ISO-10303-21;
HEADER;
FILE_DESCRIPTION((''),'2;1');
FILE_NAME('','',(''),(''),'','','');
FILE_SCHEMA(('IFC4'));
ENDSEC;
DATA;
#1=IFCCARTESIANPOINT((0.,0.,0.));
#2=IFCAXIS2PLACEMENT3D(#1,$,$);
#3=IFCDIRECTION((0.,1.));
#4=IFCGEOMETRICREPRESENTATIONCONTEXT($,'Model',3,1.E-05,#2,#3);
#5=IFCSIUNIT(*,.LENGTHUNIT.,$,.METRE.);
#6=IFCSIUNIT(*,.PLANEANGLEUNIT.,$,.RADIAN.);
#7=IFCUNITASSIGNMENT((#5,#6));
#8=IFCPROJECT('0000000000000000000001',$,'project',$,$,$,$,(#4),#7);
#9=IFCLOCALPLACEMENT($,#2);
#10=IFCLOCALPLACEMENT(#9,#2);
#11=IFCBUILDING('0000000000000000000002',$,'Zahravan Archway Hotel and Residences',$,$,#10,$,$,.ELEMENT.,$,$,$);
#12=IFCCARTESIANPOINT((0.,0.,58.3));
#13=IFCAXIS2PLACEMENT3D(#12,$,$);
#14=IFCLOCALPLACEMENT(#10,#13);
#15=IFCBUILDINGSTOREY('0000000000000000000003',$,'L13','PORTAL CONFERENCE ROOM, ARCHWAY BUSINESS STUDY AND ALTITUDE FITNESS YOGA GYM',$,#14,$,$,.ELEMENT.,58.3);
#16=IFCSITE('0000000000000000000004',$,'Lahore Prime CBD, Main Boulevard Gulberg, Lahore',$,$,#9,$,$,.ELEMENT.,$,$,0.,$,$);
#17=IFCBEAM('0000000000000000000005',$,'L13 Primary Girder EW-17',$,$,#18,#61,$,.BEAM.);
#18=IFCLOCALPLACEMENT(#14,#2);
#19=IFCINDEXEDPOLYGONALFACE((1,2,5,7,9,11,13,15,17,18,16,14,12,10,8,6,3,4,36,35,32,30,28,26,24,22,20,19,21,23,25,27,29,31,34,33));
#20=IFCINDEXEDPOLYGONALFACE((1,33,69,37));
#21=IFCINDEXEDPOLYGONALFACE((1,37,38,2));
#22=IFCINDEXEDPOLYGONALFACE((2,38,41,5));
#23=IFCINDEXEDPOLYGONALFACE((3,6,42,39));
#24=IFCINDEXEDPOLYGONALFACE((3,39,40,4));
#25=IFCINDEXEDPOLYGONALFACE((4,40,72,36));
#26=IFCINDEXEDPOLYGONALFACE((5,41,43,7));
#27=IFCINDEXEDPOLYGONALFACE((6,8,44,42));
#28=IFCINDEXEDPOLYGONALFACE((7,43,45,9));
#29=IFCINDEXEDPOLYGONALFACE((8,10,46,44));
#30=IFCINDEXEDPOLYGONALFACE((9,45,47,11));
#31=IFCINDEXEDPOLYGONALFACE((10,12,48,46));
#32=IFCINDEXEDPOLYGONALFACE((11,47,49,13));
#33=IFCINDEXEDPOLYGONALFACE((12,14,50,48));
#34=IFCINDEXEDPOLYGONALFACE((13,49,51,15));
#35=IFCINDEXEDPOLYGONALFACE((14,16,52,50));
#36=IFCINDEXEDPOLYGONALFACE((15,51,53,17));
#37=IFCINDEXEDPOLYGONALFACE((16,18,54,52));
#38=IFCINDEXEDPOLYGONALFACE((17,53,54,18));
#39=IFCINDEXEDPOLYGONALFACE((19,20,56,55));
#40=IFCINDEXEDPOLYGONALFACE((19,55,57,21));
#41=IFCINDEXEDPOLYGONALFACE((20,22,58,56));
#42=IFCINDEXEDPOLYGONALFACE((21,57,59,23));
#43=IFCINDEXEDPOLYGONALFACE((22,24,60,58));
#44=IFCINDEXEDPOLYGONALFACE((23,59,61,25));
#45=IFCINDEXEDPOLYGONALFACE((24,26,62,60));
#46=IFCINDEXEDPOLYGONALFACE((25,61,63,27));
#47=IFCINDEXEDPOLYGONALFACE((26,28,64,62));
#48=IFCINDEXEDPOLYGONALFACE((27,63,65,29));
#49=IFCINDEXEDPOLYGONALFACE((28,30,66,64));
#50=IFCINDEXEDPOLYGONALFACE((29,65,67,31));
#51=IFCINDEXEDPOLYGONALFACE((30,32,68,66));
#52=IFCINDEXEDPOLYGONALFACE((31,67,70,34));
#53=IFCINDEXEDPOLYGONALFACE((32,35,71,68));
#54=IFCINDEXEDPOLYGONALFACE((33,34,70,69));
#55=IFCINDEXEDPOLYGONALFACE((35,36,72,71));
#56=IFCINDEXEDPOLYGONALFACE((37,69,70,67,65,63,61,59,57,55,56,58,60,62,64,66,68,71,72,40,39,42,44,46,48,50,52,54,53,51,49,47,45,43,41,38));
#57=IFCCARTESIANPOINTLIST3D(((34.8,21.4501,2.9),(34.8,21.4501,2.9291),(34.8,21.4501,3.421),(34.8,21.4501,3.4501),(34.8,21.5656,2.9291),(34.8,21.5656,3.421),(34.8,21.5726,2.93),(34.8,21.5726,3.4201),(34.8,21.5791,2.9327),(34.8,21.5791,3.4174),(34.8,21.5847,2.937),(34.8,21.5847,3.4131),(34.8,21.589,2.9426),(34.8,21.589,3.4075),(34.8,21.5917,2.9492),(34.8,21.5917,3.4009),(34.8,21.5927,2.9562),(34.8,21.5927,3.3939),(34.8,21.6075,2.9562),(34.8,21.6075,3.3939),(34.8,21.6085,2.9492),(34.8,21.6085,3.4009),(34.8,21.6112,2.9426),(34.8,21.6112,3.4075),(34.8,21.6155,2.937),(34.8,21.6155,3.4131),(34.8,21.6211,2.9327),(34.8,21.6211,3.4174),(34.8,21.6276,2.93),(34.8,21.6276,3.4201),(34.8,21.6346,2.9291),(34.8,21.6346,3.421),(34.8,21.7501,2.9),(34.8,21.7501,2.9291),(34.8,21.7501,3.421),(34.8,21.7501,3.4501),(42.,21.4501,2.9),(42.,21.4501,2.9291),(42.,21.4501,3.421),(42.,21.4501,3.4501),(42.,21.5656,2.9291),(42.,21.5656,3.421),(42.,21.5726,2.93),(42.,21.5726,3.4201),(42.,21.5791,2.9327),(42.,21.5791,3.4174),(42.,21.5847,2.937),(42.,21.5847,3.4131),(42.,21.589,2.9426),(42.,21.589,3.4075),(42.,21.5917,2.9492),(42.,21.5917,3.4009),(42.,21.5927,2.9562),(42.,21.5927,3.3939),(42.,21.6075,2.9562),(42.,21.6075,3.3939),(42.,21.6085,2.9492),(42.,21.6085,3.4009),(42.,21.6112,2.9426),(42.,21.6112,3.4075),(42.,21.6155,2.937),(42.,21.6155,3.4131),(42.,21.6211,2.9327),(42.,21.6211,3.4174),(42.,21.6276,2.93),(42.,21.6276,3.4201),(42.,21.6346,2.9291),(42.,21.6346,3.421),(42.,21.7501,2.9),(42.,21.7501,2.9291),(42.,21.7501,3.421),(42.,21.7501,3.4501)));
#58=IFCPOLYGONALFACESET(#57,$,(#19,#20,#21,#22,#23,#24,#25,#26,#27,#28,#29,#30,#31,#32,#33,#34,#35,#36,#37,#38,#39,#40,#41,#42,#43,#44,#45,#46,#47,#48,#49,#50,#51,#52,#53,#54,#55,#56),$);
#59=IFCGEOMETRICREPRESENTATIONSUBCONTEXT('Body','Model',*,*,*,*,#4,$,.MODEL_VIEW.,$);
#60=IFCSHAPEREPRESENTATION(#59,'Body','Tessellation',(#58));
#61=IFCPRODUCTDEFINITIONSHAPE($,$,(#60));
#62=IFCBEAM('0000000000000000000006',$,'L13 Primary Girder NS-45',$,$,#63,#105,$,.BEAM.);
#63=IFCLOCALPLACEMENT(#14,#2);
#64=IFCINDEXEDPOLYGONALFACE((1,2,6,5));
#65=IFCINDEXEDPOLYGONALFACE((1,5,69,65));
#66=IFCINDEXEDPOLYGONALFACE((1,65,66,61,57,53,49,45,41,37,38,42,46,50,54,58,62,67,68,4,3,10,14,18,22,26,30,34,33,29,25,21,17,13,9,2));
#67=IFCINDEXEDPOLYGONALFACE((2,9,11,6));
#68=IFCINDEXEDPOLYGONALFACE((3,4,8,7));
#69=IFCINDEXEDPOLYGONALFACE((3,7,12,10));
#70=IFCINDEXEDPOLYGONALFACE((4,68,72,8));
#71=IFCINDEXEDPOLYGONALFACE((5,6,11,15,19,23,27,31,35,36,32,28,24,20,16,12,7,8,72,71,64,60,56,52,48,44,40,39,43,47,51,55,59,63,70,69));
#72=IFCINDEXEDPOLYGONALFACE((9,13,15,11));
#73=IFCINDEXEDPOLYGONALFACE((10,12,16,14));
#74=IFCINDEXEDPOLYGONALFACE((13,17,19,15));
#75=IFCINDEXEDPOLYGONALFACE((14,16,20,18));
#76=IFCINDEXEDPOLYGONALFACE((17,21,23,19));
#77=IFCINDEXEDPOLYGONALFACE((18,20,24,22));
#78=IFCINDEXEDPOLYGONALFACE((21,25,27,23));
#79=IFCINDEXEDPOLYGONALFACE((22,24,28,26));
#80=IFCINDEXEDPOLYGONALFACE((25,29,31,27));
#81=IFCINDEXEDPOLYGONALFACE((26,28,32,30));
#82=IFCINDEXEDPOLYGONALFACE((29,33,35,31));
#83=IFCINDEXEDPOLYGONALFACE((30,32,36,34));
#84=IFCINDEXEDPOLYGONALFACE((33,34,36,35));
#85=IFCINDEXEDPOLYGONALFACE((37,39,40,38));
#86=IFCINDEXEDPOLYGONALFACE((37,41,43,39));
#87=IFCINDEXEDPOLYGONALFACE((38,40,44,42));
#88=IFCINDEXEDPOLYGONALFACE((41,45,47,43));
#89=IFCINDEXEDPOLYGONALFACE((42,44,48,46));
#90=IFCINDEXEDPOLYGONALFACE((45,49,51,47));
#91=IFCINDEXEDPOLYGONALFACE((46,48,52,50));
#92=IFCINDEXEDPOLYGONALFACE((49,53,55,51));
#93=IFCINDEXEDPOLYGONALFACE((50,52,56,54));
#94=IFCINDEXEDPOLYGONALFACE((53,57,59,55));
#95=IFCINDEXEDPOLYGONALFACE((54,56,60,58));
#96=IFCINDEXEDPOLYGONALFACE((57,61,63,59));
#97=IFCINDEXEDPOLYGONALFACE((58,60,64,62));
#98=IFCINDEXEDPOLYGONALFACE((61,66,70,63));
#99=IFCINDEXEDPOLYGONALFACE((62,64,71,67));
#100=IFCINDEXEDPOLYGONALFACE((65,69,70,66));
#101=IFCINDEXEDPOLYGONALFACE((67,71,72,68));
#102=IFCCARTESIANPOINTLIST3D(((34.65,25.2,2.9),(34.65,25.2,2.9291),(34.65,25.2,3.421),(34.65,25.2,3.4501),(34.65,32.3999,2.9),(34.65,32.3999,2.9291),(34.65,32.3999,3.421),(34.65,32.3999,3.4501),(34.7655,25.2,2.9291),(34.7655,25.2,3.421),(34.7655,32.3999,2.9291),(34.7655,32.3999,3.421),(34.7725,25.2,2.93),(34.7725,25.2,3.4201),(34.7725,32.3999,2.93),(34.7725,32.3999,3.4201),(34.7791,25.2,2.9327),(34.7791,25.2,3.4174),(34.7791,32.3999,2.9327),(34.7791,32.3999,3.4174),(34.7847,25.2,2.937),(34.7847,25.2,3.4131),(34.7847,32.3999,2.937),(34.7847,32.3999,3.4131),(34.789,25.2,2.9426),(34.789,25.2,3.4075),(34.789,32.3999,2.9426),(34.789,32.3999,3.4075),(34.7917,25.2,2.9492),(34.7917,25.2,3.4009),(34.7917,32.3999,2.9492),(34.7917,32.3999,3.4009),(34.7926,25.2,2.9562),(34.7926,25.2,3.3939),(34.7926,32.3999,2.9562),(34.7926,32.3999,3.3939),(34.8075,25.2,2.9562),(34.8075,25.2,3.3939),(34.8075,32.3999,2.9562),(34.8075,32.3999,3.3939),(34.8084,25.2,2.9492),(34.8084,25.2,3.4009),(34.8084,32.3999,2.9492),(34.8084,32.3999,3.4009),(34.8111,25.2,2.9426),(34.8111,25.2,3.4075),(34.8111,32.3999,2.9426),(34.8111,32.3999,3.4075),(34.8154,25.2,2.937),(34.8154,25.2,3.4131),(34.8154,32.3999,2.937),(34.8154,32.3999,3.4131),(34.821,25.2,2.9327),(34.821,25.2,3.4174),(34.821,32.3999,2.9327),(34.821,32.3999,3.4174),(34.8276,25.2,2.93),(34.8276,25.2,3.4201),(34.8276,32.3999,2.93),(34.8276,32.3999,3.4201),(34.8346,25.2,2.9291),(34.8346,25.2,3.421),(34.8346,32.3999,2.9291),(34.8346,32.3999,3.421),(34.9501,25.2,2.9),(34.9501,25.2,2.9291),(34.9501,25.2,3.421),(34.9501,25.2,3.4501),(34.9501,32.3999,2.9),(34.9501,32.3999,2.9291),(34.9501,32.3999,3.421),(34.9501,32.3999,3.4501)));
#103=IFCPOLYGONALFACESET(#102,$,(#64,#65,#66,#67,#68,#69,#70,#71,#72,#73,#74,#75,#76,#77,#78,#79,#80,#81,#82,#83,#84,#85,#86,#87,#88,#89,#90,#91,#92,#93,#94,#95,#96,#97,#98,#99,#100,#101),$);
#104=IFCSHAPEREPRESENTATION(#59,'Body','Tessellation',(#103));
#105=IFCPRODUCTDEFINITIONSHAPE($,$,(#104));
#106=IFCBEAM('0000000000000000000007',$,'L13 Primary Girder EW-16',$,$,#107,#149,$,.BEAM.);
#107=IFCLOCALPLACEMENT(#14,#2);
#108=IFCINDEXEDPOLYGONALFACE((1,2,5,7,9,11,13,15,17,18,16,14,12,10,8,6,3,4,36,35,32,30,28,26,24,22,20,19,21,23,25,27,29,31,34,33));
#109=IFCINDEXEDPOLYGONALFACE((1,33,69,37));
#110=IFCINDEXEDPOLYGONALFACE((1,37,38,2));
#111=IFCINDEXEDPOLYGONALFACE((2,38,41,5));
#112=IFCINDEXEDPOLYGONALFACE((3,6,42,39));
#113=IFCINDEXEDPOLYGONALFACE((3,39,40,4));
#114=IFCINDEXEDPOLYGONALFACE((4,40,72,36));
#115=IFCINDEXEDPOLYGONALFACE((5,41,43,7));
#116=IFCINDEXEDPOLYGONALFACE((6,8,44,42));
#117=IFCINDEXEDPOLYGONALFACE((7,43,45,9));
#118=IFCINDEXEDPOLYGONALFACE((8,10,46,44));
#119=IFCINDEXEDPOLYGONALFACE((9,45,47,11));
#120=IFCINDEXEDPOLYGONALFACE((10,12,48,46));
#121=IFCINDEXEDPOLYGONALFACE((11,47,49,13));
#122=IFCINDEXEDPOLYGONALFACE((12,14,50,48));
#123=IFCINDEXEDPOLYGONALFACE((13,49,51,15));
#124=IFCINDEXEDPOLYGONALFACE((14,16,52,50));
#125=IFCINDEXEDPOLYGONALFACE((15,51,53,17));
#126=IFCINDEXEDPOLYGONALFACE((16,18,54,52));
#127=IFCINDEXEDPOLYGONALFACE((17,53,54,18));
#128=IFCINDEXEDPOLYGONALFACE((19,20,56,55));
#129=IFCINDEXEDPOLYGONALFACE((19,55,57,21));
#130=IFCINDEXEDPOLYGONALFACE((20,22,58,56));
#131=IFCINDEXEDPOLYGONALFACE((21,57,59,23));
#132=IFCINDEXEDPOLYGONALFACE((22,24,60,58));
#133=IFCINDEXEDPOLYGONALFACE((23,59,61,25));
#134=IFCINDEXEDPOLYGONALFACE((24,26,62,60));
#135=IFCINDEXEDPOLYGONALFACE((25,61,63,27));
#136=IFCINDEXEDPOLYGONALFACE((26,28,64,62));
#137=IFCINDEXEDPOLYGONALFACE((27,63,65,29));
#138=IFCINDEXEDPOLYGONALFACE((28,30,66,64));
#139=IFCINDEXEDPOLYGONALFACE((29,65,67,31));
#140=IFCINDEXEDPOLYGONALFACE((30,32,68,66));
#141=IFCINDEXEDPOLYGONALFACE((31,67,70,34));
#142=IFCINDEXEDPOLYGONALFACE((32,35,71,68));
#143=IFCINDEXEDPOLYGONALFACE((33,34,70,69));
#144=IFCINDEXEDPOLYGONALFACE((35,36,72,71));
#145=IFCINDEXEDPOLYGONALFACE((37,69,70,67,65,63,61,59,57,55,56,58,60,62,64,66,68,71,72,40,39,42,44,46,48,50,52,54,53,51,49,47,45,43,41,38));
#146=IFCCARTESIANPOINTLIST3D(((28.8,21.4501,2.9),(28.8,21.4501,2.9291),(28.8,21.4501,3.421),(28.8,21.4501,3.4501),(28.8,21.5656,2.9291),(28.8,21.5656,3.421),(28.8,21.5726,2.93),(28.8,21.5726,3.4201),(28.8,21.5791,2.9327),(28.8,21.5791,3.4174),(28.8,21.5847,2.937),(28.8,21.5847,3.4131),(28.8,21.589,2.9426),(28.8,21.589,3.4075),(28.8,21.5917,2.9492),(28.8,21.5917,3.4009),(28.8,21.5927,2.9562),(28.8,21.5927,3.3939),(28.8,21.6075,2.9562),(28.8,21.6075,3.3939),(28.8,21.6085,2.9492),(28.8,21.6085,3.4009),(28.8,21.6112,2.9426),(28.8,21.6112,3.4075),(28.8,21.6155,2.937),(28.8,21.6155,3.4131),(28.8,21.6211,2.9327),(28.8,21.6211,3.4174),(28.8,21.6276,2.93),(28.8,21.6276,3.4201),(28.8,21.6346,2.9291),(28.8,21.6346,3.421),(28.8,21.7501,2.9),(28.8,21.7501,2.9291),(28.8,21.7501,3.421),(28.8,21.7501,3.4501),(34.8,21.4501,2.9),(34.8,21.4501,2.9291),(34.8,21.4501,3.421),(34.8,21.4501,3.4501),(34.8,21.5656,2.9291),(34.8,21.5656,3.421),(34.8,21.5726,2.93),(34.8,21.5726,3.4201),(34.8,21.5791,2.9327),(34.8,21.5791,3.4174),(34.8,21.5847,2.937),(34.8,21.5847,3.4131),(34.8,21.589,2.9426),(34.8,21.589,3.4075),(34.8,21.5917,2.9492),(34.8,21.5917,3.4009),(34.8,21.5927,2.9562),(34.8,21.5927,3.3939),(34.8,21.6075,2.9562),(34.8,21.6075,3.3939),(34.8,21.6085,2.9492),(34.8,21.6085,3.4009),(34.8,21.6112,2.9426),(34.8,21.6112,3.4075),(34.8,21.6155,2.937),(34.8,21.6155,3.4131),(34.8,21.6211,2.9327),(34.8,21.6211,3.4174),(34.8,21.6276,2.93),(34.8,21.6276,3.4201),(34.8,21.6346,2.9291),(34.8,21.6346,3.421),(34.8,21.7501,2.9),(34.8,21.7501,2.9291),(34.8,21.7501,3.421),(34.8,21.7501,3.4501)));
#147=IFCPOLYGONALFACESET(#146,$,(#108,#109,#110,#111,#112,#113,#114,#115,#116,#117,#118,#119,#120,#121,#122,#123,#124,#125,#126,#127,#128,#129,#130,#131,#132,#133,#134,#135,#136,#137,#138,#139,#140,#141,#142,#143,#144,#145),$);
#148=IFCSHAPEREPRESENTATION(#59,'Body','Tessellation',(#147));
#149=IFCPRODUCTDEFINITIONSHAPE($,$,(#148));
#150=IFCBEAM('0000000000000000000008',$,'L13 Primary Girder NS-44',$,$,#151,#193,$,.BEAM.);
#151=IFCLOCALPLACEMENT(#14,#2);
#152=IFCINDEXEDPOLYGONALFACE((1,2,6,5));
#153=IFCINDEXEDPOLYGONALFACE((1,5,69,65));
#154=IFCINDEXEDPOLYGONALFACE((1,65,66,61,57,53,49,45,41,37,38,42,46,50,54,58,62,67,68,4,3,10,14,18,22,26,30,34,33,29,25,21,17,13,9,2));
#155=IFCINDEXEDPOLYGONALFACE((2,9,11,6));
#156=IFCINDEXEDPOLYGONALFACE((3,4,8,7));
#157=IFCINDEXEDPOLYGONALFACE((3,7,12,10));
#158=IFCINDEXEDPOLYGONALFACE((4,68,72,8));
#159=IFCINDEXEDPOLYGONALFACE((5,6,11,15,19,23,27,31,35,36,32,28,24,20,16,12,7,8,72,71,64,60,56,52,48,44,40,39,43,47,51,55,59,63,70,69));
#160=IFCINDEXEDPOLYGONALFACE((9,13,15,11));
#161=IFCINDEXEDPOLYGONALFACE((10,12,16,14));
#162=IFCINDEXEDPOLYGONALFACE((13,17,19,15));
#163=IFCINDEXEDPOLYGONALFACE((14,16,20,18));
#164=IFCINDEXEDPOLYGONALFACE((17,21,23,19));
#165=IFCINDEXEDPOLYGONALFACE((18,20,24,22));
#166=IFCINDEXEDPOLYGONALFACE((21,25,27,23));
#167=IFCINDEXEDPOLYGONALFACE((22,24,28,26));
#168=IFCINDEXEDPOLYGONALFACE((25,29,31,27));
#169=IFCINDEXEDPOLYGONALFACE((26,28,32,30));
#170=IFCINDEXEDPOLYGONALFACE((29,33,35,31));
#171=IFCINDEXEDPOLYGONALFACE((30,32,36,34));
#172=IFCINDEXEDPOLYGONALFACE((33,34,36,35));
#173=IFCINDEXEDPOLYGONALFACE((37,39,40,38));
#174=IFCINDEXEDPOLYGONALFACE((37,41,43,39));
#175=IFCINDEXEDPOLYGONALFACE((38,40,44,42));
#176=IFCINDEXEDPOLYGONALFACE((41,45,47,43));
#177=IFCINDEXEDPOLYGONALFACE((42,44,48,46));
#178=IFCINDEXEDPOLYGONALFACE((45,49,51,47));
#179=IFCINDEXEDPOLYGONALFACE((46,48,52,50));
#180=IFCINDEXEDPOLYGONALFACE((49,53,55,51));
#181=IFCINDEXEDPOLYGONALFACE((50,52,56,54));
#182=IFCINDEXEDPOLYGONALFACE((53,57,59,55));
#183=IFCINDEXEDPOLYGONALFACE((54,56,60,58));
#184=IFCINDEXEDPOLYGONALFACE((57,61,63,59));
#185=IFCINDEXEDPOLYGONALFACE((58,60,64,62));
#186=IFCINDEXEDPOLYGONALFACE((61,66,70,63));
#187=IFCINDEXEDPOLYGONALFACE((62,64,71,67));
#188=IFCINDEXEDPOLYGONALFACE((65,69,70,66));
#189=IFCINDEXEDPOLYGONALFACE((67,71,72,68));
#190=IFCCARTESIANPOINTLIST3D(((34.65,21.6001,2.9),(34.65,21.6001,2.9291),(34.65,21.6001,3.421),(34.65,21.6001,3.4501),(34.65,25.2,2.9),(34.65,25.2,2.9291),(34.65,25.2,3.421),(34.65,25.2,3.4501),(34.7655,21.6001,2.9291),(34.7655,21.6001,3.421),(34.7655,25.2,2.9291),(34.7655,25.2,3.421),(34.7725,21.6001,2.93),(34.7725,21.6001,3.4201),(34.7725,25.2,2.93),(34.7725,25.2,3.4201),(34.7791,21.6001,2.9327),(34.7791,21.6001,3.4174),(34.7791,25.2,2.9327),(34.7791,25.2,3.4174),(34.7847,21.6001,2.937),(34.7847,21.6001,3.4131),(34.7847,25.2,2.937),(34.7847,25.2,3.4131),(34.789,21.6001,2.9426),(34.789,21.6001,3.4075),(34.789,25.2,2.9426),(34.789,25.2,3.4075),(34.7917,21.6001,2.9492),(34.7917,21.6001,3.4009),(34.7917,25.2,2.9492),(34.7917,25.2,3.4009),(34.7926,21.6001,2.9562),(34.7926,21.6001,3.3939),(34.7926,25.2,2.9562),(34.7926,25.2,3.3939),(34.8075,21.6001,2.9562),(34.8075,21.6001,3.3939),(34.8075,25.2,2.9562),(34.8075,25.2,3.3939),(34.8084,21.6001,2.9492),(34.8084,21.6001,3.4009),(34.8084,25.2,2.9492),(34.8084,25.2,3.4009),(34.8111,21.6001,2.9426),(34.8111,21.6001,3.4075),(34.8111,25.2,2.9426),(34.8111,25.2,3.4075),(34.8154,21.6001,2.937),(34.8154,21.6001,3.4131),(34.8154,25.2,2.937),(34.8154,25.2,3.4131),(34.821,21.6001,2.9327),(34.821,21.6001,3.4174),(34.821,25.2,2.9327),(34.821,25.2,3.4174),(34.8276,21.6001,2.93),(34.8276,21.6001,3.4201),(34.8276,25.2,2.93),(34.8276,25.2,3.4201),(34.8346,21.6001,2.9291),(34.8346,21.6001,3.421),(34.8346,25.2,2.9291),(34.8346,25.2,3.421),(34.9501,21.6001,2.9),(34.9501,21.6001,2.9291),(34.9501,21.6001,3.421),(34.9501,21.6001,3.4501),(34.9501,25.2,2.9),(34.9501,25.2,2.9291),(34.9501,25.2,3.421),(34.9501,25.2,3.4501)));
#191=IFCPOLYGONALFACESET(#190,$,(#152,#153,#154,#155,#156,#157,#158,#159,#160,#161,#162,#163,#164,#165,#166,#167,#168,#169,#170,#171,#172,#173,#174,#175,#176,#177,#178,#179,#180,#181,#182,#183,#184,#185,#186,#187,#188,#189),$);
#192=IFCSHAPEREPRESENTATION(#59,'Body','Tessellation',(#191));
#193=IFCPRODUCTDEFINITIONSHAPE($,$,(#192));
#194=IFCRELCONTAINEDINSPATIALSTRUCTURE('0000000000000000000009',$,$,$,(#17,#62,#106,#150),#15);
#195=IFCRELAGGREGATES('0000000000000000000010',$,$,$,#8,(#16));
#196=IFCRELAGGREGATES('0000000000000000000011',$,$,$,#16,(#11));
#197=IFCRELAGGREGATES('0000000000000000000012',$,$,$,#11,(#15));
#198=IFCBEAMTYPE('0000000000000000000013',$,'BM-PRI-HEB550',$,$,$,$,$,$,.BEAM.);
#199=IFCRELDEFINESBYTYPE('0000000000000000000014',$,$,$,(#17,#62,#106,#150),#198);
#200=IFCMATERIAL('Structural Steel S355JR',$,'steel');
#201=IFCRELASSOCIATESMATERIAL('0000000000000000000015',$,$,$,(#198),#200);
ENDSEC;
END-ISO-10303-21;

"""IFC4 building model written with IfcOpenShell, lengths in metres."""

from ifc_helpers import new_model, si_unit, direction, frame, origin, origin_2d, place, context, subcontext, project, spatial, i_section, extrude, source, transform, mapped, material, material_profile, profile_set, type_object, element, save


model = new_model("IFC4")

# Units and contexts
model_context = context("Model", 3, precision=1e-05, world=origin(), true_north=direction((0.0, 1.0)))
body_context = subcontext(model_context, "Body", "Model", "MODEL_VIEW")
ifc_project = project(units=[si_unit("LENGTHUNIT", "METRE"), si_unit("PLANEANGLEUNIT", "RADIAN")], contexts=[model_context])

# Site, building, storey
site_placement = place(None, origin())
site = spatial("IfcSite", under=ifc_project, at=site_placement, Name="Lahore Prime CBD, Main Boulevard Gulberg, Lahore", CompositionType="ELEMENT", RefElevation=0.0)
building_placement = place(site_placement, origin())
building = spatial("IfcBuilding", under=site, at=building_placement, Name="Zahravan Archway Hotel and Residences", CompositionType="ELEMENT")
storey_placement = place(building_placement, frame((0.0, 0.0, 58.3)))
storey = spatial("IfcBuildingStorey", under=building, at=storey_placement, Name="L13", Description="PORTAL CONFERENCE ROOM, ARCHWAY BUSINESS STUDY AND ALTITUDE FITNESS YOGA GYM", CompositionType="ELEMENT", Elevation=58.3)

# Beams
ifc_material_1 = material(Name="Structural Steel S355JR", Category="steel")
ifc_material_profile_1 = material_profile(ifc_material_1, i_section(OverallWidth=0.3, OverallDepth=0.55, WebThickness=0.0149, FlangeThickness=0.0291, FilletRadius=0.0271, at=origin_2d()), Name="HEB 550", Category="steel")
ifc_profile_set_1 = profile_set([ifc_material_profile_1], Name="Structural Steel S355JR")
beam_type_1 = type_object("IfcBeamType", Name="BM-PRI-HEB550", PredefinedType="BEAM", material=ifc_profile_set_1)
shared_shape_1 = source(origin(), body_context, "Body", "SweptSolid", [
    extrude(i_section(OverallWidth=0.3, OverallDepth=0.55, WebThickness=0.0149, FlangeThickness=0.0291, FilletRadius=0.0271, at=origin_2d()), origin(), (0.0, 0.0, 1.0), 7.2),
])
for number, where, z_axis, x_axis, name in (
    (1, (34.8, 21.6001, 3.175), (1.0, 0.0, 0.0), (0.0, 1.0, 0.0), "L13 Primary Girder EW-17"),
    (2, (34.8, 25.2, 3.175), (0.0, 1.0, 0.0), (-1.0, 0.0, 0.0), "L13 Primary Girder NS-45"),
):
    element("IfcBeam", number, at=place(storey_placement, frame(where, z_axis=z_axis, x_axis=x_axis)), inside=storey, type_object=beam_type_1, Name=name, PredefinedType="BEAM", context=body_context, shape_type="MappedRepresentation", body=[
        mapped(shared_shape_1, transform((0.0, 0.0, 0.0), scale=1.0)),
    ])
shared_shape_2 = source(origin(), body_context, "Body", "SweptSolid", [
    extrude(i_section(OverallWidth=0.3, OverallDepth=0.55, WebThickness=0.0149, FlangeThickness=0.0291, FilletRadius=0.0271, at=origin_2d()), origin(), (0.0, 0.0, 1.0), 6.0),
])
beam_1_placement = place(storey_placement, frame((28.8, 21.6001, 3.175), z_axis=(1.0, 0.0, 0.0), x_axis=(0.0, 1.0, 0.0)))
element("IfcBeam", 3, at=beam_1_placement, inside=storey, type_object=beam_type_1, Name="L13 Primary Girder EW-16", PredefinedType="BEAM", context=body_context, shape_type="MappedRepresentation", body=[
    mapped(shared_shape_2, transform((0.0, 0.0, 0.0), scale=1.0)),
])
shared_shape_3 = source(origin(), body_context, "Body", "SweptSolid", [
    extrude(i_section(OverallWidth=0.3, OverallDepth=0.55, WebThickness=0.0149, FlangeThickness=0.0291, FilletRadius=0.0271, at=origin_2d()), origin(), (0.0, 0.0, 1.0), 3.5999),
])
beam_2_placement = place(storey_placement, frame((34.8, 21.6001, 3.175), z_axis=(0.0, 1.0, 0.0), x_axis=(-1.0, 0.0, 0.0)))
element("IfcBeam", 4, at=beam_2_placement, inside=storey, type_object=beam_type_1, Name="L13 Primary Girder NS-44", PredefinedType="BEAM", context=body_context, shape_type="MappedRepresentation", body=[
    mapped(shared_shape_3, transform((0.0, 0.0, 0.0), scale=1.0)),
])

save(model, "model.ifc")
